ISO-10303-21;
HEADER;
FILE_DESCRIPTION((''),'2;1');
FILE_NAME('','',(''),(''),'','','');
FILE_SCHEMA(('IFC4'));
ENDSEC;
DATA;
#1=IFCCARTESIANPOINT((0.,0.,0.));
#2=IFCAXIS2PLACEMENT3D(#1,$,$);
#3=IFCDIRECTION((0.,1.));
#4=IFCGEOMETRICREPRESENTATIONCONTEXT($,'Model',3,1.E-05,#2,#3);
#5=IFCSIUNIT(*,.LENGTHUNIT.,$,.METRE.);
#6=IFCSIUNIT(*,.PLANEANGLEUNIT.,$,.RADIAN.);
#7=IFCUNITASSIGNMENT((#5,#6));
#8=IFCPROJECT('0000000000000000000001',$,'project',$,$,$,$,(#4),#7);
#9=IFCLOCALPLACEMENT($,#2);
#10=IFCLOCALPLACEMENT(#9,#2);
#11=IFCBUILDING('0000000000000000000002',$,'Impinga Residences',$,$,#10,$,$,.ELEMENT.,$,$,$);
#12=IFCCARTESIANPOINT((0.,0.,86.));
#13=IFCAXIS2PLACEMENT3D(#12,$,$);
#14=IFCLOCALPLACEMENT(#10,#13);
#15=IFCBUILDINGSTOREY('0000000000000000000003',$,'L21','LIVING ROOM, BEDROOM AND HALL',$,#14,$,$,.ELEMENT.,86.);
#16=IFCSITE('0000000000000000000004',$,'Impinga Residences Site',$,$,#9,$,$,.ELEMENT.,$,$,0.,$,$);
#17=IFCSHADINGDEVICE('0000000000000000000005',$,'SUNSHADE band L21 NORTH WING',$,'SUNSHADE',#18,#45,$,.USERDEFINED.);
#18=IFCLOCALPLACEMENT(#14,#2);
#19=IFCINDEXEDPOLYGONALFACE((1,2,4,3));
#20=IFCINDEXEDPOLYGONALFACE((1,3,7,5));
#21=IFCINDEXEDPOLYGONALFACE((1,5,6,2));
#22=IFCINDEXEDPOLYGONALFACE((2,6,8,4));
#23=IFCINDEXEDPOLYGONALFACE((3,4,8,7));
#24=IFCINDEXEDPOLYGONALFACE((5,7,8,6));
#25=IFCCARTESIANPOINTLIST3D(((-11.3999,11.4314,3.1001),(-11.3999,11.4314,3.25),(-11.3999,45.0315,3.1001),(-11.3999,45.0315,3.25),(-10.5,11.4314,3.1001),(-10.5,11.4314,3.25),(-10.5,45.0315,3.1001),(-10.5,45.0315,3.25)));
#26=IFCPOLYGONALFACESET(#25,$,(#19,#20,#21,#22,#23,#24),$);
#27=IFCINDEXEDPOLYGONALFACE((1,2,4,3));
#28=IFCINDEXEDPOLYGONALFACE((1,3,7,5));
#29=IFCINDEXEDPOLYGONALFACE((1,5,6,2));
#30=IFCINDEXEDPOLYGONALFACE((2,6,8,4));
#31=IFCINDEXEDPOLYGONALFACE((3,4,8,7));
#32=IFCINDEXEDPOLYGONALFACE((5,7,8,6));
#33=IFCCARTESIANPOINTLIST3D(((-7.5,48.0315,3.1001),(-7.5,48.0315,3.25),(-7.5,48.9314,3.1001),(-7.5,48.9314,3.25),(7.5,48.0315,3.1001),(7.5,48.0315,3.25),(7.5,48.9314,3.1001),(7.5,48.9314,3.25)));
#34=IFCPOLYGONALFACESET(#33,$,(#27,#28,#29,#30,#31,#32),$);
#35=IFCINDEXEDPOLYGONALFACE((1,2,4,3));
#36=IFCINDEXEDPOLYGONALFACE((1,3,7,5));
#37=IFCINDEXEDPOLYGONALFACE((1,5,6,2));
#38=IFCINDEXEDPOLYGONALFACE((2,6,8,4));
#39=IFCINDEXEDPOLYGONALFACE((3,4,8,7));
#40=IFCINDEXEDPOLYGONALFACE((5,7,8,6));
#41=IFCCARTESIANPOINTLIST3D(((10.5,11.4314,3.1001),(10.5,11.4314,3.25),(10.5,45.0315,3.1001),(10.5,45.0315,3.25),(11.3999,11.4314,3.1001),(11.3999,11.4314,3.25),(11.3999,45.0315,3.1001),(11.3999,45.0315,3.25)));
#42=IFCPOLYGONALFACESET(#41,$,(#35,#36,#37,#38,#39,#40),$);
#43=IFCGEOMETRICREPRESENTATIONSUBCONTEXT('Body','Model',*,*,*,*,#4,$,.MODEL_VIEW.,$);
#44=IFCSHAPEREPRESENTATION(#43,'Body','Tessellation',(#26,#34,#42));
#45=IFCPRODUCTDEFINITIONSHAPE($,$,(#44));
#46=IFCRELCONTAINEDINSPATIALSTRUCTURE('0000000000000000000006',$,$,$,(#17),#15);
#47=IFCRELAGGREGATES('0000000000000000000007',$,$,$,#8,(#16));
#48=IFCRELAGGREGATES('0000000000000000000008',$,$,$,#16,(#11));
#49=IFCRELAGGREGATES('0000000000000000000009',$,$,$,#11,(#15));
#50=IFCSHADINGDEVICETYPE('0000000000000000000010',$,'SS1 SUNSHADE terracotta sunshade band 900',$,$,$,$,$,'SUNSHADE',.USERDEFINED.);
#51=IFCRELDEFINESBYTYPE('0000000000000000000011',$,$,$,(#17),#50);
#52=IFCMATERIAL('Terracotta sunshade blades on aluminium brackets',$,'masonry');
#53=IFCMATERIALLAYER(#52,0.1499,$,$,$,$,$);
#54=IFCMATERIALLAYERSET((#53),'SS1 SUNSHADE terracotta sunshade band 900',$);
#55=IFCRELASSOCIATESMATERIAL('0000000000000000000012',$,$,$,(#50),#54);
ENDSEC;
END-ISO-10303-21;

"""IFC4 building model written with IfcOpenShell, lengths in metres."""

from ifc_helpers import new_model, si_unit, direction, frame, origin, origin_2d, place, context, subcontext, project, spatial, rectangle, extrude, material, layer, layer_set, type_object, element, save


model = new_model("IFC4")

# Units and contexts
model_context = context("Model", 3, precision=1e-05, world=origin(), true_north=direction((0.0, 1.0)))
body_context = subcontext(model_context, "Body", "Model", "MODEL_VIEW")
ifc_project = project(units=[si_unit("LENGTHUNIT", "METRE"), si_unit("PLANEANGLEUNIT", "RADIAN")], contexts=[model_context])

# Site, building, storey
site_placement = place(None, origin())
site = spatial("IfcSite", under=ifc_project, at=site_placement, Name="Impinga Residences Site", CompositionType="ELEMENT", RefElevation=0.0)
building_placement = place(site_placement, origin())
building = spatial("IfcBuilding", under=site, at=building_placement, Name="Impinga Residences", CompositionType="ELEMENT")
storey_placement = place(building_placement, frame((0.0, 0.0, 86.0)))
storey = spatial("IfcBuildingStorey", under=building, at=storey_placement, Name="L21", Description="LIVING ROOM, BEDROOM AND HALL", CompositionType="ELEMENT", Elevation=86.0)

# Shading device
ifc_material_1 = material(Name="Terracotta sunshade blades on aluminium brackets", Category="masonry")
ifc_layer_1 = layer(ifc_material_1, 0.1499)
ifc_layer_set_1 = layer_set([ifc_layer_1], Name="SS1 SUNSHADE terracotta sunshade band 900")
shading_device_type = type_object("IfcShadingDeviceType", Name="SS1 SUNSHADE terracotta sunshade band 900", ElementType="SUNSHADE", PredefinedType="USERDEFINED", material=ifc_layer_set_1)
shading_device_placement = place(storey_placement, frame((-10.95, 28.2314, 3.1001), z_axis=(0.0, 0.0, 1.0), x_axis=(0.0, 1.0, 0.0)))
element("IfcShadingDevice", 1, at=shading_device_placement, inside=storey, type_object=shading_device_type, Name="SUNSHADE band L21 NORTH WING", ObjectType="SUNSHADE", PredefinedType="USERDEFINED", context=body_context, shape_type="SweptSolid", body=[
    extrude(rectangle(XDim=33.6001, YDim=0.8999, at=origin_2d()), origin(), (0.0, 0.0, 1.0), 0.1499),
    extrude(rectangle(XDim=15.0, YDim=0.8999, at=origin_2d()), frame((20.25, -10.95, 0.0), z_axis=(0.0, 0.0, 1.0), x_axis=(0.0, -1.0, 0.0)), (0.0, 0.0, 1.0), 0.1499),
    extrude(rectangle(XDim=33.6001, YDim=0.8999, at=origin_2d()), frame((0.0, -21.8999, 0.0), z_axis=(0.0, 0.0, 1.0), x_axis=(-1.0, 0.0, 0.0)), (0.0, 0.0, 1.0), 0.1499),
])

save(model, "model.ifc")
